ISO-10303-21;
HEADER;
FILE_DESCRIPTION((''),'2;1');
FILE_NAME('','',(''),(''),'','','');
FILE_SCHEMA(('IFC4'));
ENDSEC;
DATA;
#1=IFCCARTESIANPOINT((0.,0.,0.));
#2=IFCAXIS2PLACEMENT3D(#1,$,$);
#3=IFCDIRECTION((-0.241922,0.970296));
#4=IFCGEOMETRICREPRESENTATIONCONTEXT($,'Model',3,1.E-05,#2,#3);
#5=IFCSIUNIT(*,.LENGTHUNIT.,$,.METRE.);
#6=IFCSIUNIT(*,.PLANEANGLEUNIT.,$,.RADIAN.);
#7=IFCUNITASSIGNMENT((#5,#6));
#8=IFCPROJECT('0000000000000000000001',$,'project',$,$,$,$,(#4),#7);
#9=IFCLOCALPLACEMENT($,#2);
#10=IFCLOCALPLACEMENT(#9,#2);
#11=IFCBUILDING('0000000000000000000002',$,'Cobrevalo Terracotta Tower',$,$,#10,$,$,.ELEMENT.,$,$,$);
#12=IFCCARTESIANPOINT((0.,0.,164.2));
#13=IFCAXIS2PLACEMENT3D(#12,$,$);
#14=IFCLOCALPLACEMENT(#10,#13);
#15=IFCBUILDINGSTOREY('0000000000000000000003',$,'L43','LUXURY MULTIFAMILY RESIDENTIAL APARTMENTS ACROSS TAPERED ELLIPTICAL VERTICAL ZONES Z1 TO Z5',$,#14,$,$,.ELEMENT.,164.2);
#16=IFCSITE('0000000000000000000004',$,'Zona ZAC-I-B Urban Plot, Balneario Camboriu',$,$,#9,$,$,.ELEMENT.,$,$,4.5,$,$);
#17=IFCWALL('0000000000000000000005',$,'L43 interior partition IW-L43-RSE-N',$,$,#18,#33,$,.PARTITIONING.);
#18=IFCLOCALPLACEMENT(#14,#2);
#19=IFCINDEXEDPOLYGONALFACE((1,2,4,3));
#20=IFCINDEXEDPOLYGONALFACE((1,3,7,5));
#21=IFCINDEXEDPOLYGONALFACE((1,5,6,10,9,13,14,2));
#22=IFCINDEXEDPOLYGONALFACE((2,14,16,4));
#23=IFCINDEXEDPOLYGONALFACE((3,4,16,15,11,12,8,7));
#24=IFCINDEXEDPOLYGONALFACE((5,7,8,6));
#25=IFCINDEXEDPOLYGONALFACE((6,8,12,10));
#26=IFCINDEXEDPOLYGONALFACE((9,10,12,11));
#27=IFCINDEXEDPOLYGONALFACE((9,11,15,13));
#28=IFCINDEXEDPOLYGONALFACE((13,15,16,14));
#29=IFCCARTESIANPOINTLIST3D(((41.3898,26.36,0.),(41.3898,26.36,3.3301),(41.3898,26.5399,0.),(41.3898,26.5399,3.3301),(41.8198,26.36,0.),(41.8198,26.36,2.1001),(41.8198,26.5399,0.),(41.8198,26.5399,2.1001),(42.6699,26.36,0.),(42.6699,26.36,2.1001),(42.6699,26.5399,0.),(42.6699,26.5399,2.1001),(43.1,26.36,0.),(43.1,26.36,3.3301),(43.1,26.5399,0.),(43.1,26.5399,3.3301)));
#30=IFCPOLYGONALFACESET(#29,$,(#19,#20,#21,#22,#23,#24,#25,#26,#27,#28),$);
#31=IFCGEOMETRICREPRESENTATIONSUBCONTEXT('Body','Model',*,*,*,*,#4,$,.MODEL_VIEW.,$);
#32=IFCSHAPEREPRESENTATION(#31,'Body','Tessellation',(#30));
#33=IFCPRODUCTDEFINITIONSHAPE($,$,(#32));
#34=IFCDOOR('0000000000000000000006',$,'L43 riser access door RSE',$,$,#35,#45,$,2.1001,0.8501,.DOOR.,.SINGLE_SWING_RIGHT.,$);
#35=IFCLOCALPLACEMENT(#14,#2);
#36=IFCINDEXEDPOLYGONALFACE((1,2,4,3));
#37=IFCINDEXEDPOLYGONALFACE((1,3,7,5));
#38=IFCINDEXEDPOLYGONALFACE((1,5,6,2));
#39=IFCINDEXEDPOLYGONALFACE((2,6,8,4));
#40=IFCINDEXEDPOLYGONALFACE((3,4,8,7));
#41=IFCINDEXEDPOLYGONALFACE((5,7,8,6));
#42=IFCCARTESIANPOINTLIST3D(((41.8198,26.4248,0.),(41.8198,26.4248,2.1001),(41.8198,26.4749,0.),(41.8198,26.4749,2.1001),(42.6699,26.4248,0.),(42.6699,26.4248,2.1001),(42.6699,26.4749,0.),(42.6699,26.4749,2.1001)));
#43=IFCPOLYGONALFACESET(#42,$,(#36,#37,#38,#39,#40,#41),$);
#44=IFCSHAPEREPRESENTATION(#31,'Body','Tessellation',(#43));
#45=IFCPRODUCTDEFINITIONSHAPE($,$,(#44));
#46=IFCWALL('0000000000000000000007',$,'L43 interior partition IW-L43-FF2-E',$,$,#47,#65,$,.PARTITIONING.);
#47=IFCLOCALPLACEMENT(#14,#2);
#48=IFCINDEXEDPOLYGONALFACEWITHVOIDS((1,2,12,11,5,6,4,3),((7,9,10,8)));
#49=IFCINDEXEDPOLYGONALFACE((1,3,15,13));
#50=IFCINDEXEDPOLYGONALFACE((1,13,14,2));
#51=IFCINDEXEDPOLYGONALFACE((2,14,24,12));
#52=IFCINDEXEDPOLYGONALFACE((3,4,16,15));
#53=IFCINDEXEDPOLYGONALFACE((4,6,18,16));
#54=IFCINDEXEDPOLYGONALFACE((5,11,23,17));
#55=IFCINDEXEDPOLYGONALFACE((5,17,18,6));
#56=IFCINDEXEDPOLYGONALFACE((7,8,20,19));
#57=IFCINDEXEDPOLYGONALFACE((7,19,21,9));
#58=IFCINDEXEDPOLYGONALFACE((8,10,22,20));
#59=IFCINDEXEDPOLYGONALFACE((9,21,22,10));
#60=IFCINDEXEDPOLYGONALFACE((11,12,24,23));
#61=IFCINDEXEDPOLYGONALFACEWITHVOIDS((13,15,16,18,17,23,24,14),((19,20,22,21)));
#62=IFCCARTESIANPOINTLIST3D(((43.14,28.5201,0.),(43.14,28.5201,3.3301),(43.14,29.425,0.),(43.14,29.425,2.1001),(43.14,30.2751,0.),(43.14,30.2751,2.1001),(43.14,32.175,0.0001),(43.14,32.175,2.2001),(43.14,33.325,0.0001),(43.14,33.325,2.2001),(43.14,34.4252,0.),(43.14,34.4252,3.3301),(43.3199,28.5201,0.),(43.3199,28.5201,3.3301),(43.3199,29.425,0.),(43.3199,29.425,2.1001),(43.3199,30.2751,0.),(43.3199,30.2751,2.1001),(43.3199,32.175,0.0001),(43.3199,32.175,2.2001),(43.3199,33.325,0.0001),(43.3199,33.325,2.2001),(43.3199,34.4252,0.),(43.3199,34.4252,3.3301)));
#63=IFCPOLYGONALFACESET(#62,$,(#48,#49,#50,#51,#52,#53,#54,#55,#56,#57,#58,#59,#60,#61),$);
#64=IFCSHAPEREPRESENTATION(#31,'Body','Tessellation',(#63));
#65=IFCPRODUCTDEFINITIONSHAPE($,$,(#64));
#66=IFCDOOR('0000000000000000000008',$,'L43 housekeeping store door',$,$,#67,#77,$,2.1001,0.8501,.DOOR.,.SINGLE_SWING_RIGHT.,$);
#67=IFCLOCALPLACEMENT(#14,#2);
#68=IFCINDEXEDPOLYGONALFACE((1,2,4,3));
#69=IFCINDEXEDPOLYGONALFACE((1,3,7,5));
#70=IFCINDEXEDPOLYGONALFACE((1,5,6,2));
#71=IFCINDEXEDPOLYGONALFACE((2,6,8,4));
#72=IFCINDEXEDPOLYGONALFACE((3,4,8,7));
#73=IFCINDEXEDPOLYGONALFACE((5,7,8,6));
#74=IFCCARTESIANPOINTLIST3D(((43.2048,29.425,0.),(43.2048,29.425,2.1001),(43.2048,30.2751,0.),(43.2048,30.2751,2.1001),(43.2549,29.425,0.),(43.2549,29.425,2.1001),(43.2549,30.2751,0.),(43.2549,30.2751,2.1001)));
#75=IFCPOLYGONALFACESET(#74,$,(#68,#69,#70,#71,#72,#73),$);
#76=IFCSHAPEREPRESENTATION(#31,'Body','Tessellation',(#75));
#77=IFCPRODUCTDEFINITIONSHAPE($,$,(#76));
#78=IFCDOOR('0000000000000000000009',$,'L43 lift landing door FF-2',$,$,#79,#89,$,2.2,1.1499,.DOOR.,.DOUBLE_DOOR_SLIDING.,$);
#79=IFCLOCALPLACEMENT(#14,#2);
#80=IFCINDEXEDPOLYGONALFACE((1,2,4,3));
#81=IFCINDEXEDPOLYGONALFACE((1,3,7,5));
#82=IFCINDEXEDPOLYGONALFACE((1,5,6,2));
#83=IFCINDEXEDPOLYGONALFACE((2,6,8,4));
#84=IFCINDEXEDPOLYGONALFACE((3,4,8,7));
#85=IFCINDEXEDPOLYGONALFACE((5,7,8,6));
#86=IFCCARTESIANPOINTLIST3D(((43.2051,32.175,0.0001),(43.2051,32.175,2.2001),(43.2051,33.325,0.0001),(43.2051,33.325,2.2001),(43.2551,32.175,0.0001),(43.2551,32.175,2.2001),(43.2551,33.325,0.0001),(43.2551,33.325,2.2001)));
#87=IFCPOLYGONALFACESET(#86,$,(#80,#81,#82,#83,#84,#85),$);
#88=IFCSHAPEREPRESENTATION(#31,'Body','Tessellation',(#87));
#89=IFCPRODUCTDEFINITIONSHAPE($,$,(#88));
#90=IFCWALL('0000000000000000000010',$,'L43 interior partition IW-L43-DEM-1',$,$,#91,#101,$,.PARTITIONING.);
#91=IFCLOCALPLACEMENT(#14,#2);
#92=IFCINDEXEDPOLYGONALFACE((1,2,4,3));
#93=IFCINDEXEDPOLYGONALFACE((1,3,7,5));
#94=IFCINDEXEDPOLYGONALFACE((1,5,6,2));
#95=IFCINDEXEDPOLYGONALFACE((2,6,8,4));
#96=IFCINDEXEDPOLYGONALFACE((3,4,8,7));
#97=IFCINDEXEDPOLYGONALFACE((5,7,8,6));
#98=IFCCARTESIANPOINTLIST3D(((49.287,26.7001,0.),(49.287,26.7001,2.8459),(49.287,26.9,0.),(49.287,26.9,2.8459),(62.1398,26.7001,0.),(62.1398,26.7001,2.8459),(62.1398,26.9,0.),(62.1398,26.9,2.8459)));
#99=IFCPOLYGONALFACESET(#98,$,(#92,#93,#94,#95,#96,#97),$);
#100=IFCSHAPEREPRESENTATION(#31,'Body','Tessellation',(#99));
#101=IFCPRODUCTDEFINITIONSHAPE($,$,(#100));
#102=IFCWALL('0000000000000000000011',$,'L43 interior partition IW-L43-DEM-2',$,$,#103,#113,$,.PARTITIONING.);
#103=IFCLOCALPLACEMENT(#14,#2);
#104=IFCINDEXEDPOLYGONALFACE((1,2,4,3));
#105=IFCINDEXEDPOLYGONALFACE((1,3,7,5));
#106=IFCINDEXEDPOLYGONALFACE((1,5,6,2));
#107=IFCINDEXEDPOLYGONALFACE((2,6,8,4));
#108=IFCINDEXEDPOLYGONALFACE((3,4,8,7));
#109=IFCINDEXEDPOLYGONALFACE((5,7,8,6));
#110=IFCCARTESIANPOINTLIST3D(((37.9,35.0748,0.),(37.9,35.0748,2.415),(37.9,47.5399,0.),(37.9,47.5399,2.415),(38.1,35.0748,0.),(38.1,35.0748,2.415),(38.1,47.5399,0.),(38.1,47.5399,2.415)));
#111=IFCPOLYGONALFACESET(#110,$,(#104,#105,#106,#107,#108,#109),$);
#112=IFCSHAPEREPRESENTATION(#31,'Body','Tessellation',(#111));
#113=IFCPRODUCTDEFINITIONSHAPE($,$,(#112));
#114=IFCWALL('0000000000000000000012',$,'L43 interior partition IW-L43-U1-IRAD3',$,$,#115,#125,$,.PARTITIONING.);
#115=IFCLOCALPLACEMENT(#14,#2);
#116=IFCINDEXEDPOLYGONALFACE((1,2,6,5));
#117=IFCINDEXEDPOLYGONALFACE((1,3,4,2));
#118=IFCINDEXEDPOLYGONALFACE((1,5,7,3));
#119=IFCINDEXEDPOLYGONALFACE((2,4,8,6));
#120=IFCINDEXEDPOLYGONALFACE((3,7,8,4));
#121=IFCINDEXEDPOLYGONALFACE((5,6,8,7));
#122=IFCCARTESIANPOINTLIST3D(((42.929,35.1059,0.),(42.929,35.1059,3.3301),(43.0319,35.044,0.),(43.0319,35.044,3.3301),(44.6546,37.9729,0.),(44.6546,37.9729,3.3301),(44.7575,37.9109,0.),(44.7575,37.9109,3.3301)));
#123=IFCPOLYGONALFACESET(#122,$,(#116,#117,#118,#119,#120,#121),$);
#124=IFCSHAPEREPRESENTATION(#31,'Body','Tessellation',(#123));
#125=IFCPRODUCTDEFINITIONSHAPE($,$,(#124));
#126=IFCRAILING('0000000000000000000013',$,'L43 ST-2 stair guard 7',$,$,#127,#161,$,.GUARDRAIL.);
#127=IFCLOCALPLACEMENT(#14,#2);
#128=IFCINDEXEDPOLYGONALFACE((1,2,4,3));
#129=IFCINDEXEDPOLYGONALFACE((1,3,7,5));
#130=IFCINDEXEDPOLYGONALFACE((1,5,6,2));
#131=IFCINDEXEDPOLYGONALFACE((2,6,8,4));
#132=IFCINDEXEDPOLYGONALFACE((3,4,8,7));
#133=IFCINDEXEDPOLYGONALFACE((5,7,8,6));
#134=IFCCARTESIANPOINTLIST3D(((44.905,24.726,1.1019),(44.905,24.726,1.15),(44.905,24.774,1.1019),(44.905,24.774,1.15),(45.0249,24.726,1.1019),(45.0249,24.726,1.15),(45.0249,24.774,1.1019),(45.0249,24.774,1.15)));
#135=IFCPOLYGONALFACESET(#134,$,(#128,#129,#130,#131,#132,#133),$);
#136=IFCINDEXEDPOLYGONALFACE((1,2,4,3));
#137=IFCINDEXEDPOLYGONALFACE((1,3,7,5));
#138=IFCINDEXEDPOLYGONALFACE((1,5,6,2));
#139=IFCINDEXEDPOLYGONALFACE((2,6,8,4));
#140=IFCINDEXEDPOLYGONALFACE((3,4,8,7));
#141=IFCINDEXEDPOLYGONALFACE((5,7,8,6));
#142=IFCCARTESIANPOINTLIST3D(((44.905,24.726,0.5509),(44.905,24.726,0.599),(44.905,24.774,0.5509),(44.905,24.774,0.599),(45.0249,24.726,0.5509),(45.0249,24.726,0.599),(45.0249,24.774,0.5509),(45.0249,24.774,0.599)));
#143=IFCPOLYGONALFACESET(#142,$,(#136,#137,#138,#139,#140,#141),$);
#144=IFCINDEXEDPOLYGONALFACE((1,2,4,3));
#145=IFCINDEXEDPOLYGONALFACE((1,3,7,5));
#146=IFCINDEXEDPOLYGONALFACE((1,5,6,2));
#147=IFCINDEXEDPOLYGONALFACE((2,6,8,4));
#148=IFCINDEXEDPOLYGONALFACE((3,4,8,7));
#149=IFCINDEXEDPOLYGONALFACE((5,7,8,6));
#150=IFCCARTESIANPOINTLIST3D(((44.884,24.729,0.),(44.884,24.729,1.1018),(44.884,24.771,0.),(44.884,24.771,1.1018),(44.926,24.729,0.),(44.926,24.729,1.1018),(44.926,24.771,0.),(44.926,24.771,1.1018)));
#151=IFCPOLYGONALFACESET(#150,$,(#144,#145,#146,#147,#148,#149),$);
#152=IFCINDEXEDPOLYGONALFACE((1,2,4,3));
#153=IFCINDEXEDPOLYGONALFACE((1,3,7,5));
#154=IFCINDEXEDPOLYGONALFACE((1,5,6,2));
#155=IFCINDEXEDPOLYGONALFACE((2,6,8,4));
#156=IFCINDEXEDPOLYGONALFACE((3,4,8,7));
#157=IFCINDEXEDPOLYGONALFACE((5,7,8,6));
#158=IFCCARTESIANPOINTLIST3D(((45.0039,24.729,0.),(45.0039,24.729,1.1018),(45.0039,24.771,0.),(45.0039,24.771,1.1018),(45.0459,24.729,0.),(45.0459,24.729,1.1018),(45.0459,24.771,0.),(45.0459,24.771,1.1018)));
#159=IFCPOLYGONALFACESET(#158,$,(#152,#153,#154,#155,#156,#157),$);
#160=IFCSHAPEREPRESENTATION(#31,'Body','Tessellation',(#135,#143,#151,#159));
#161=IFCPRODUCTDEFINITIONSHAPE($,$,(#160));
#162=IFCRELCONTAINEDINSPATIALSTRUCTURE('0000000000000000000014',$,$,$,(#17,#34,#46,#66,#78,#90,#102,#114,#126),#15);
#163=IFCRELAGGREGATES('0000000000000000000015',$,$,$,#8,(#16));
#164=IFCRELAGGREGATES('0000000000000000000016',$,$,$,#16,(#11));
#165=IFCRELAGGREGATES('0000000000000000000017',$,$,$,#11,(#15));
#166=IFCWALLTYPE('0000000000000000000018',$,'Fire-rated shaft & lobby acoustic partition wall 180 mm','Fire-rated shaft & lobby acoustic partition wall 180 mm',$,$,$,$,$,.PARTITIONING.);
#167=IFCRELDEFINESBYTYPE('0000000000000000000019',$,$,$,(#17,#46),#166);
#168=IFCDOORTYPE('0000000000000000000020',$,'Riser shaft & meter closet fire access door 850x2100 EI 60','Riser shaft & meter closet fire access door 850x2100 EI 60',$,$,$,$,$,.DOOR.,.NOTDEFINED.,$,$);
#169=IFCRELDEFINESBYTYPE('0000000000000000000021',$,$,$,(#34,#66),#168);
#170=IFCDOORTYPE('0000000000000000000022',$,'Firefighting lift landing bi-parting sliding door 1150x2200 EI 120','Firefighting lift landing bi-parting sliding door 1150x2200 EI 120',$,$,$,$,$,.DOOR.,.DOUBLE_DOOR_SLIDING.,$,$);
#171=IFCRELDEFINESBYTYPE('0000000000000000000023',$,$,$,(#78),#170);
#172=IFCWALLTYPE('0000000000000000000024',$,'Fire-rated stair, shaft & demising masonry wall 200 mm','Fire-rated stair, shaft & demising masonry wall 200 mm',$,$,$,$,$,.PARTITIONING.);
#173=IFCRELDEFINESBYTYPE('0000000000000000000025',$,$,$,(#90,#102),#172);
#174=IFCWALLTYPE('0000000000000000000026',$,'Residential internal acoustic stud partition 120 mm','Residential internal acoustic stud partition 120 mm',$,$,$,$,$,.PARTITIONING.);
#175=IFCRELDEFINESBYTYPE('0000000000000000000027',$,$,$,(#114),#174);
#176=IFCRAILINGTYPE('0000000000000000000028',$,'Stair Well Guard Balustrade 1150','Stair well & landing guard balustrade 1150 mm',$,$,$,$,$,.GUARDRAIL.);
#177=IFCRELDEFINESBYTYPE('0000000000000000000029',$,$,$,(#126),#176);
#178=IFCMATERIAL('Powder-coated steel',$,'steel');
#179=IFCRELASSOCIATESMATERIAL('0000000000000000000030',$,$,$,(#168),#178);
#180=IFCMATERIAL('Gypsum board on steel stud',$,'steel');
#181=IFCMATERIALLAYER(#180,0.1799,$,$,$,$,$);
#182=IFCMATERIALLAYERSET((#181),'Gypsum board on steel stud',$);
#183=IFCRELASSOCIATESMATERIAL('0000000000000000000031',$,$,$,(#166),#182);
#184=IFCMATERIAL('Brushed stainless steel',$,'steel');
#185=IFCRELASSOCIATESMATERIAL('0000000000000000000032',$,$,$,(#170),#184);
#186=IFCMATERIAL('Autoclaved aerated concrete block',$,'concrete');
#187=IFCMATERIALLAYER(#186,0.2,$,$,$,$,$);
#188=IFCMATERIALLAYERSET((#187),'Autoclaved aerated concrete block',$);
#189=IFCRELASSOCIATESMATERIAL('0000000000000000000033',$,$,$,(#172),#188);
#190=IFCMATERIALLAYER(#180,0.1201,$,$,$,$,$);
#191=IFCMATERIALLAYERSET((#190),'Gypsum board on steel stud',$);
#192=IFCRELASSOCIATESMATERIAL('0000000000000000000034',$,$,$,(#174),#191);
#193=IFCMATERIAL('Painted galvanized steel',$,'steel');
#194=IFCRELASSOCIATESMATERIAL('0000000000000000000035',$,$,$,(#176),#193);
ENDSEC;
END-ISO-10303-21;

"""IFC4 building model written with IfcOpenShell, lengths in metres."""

from ifc_helpers import new_model, si_unit, direction, frame, frame_2d, origin, origin_2d, place, context, subcontext, project, spatial, rectangle, extrude, source, transform, mapped, material, layer, layer_set, type_object, element, fill, save


model = new_model("IFC4")

# Units and contexts
model_context = context("Model", 3, precision=1e-05, world=origin(), true_north=direction((-0.241922, 0.970296)))
body_context = subcontext(model_context, "Body", "Model", "MODEL_VIEW")
ifc_project = project(units=[si_unit("LENGTHUNIT", "METRE"), si_unit("PLANEANGLEUNIT", "RADIAN")], contexts=[model_context])

# Site, building, storey
site_placement = place(None, origin())
site = spatial("IfcSite", under=ifc_project, at=site_placement, Name="Zona ZAC-I-B Urban Plot, Balneario Camboriu", CompositionType="ELEMENT", RefElevation=4.5)
building_placement = place(site_placement, origin())
building = spatial("IfcBuilding", under=site, at=building_placement, Name="Cobrevalo Terracotta Tower", CompositionType="ELEMENT")
storey_placement = place(building_placement, frame((0.0, 0.0, 164.2)))
storey = spatial("IfcBuildingStorey", under=building, at=storey_placement, Name="L43", Description="LUXURY MULTIFAMILY RESIDENTIAL APARTMENTS ACROSS TAPERED ELLIPTICAL VERTICAL ZONES Z1 TO Z5", CompositionType="ELEMENT", Elevation=164.2)

# Shared definitions
ifc_material_1 = material(Name="Gypsum board on steel stud", Category="steel")

# Shared definitions
ifc_material_2 = material(Name="Powder-coated steel", Category="steel")
door_type_1 = type_object("IfcDoorType", Name="Riser shaft & meter closet fire access door 850x2100 EI 60", Description="Riser shaft & meter closet fire access door 850x2100 EI 60", OperationType="NOTDEFINED", PredefinedType="DOOR", material=ifc_material_2)
shared_shape_1 = source(origin(), body_context, "Body", "SweptSolid", [
    extrude(rectangle(XDim=0.8501, YDim=2.1001, at=frame_2d((0.425, 1.05))), frame((0.0, 0.0249, 0.0), z_axis=(0.0, -1.0, 0.0), x_axis=(1.0, 0.0, 0.0)), (0.0, 0.0, 1.0), 0.05),
])

# Shared definitions
ifc_material_3 = material(Name="Brushed stainless steel", Category="steel")

# Wall, opening, door
ifc_layer_1 = layer(ifc_material_1, 0.1799)
ifc_layer_set_1 = layer_set([ifc_layer_1], Name="Gypsum board on steel stud")
wall_type_1 = type_object("IfcWallType", Name="Fire-rated shaft & lobby acoustic partition wall 180 mm", Description="Fire-rated shaft & lobby acoustic partition wall 180 mm", PredefinedType="PARTITIONING", material=ifc_layer_set_1)
wall_1_placement = place(storey_placement, frame((41.3899, 26.45, 0.0), z_axis=(0.0, 0.0, 1.0), x_axis=(1.0, 0.0, 0.0)))
wall_1 = element("IfcWall", 1, at=wall_1_placement, inside=storey, type_object=wall_type_1, Name="L43 interior partition IW-L43-RSE-N", PredefinedType="PARTITIONING", context=body_context, shape_type="SweptSolid", body=[
    extrude(rectangle(XDim=1.7102, YDim=0.1799, at=frame_2d((0.855, 0.0))), origin(), (0.0, 0.0, 1.0), 3.3301),
])
opening_1_placement = place(wall_1_placement, frame((0.4299, 0.0, 0.0)))
opening_1 = element("IfcOpeningElement", 2, at=opening_1_placement, cuts=wall_1, PredefinedType="OPENING", context=body_context, shape_type="SweptSolid", body=[
    extrude(rectangle(XDim=0.8501, YDim=2.1001, at=frame_2d((0.425, 1.05))), frame((0.0, 0.1001, 0.0), z_axis=(0.0, -1.0, 0.0), x_axis=(1.0, 0.0, 0.0)), (0.0, 0.0, 1.0), 0.2),
])
door_1_placement = place(opening_1_placement, origin())
door_1 = element("IfcDoor", 3, at=door_1_placement, inside=storey, type_object=door_type_1, Name="L43 riser access door RSE", OperationType="SINGLE_SWING_RIGHT", OverallHeight=2.1001, OverallWidth=0.8501, PredefinedType="DOOR", context=body_context, shape_type="MappedRepresentation", body=[
    mapped(shared_shape_1, transform((0.0, 0.0, 0.0), scale=1.0)),
])
fill(opening_1, door_1)

# Wall, openings, doors
wall_2_placement = place(storey_placement, frame((43.23, 28.52, 0.0), z_axis=(0.0, 0.0, 1.0), x_axis=(0.0, 1.0, 0.0)))
wall_2 = element("IfcWall", 4, at=wall_2_placement, inside=storey, type_object=wall_type_1, Name="L43 interior partition IW-L43-FF2-E", PredefinedType="PARTITIONING", context=body_context, shape_type="SweptSolid", body=[
    extrude(rectangle(XDim=5.905, YDim=0.1799, at=frame_2d((2.9526, 0.0))), origin(), (0.0, 0.0, 1.0), 3.3301),
])
opening_2_placement = place(wall_2_placement, frame((0.905, 0.0, 0.0)))
opening_2 = element("IfcOpeningElement", 5, at=opening_2_placement, cuts=wall_2, PredefinedType="OPENING", context=body_context, shape_type="SweptSolid", body=[
    extrude(rectangle(XDim=0.8501, YDim=2.1001, at=frame_2d((0.425, 1.05))), frame((0.0, 0.1001, 0.0), z_axis=(0.0, -1.0, 0.0), x_axis=(1.0, 0.0, 0.0)), (0.0, 0.0, 1.0), 0.2),
])
opening_3_placement = place(wall_2_placement, frame((3.655, 0.0, 0.0)))
opening_3 = element("IfcOpeningElement", 6, at=opening_3_placement, cuts=wall_2, PredefinedType="OPENING", context=body_context, shape_type="SweptSolid", body=[
    extrude(rectangle(XDim=1.1499, YDim=2.2, at=frame_2d((0.575, 1.1001))), frame((0.0, 0.1001, 0.0), z_axis=(0.0, -1.0, 0.0), x_axis=(1.0, 0.0, 0.0)), (0.0, 0.0, 1.0), 0.2),
])
door_2_placement = place(opening_2_placement, frame((0.8501, 0.0, 0.0), z_axis=(0.0, 0.0, 1.0), x_axis=(-1.0, 0.0, 0.0)))
door_2 = element("IfcDoor", 7, at=door_2_placement, inside=storey, type_object=door_type_1, Name="L43 housekeeping store door", OperationType="SINGLE_SWING_RIGHT", OverallHeight=2.1001, OverallWidth=0.8501, PredefinedType="DOOR", context=body_context, shape_type="MappedRepresentation", body=[
    mapped(shared_shape_1, transform((0.0, 0.0, 0.0), scale=1.0)),
])
fill(opening_2, door_2)
door_type_2 = type_object("IfcDoorType", Name="Firefighting lift landing bi-parting sliding door 1150x2200 EI 120", Description="Firefighting lift landing bi-parting sliding door 1150x2200 EI 120", OperationType="DOUBLE_DOOR_SLIDING", PredefinedType="DOOR", material=ifc_material_3)
shared_shape_2 = source(origin(), body_context, "Body", "SweptSolid", [
    extrude(rectangle(XDim=1.1499, YDim=2.2, at=frame_2d((0.575, 1.1001))), frame((0.0, 0.0249, 0.0), z_axis=(0.0, -1.0, 0.0), x_axis=(1.0, 0.0, 0.0)), (0.0, 0.0, 1.0), 0.05),
])
door_3_placement = place(opening_3_placement, origin())
door_3 = element("IfcDoor", 8, at=door_3_placement, inside=storey, type_object=door_type_2, Name="L43 lift landing door FF-2", OperationType="DOUBLE_DOOR_SLIDING", OverallHeight=2.2, OverallWidth=1.1499, PredefinedType="DOOR", context=body_context, shape_type="MappedRepresentation", body=[
    mapped(shared_shape_2, transform((0.0, 0.0, 0.0), scale=1.0)),
])
fill(opening_3, door_3)

# Walls
ifc_material_4 = material(Name="Autoclaved aerated concrete block", Category="concrete")
ifc_layer_2 = layer(ifc_material_4, 0.2)
ifc_layer_set_2 = layer_set([ifc_layer_2], Name="Autoclaved aerated concrete block")
wall_type_2 = type_object("IfcWallType", Name="Fire-rated stair, shaft & demising masonry wall 200 mm", Description="Fire-rated stair, shaft & demising masonry wall 200 mm", PredefinedType="PARTITIONING", material=ifc_layer_set_2)
wall_3_placement = place(storey_placement, frame((49.2871, 26.8, 0.0), z_axis=(0.0, 0.0, 1.0), x_axis=(1.0, 0.0, 0.0)))
element("IfcWall", 9, at=wall_3_placement, inside=storey, type_object=wall_type_2, Name="L43 interior partition IW-L43-DEM-1", PredefinedType="PARTITIONING", context=body_context, shape_type="SweptSolid", body=[
    extrude(rectangle(XDim=12.8528, YDim=0.2, at=frame_2d((6.4263, 0.0))), origin(), (0.0, 0.0, 1.0), 2.8459),
])
wall_4_placement = place(storey_placement, frame((38.0, 35.075, 0.0), z_axis=(0.0, 0.0, 1.0), x_axis=(0.0, 1.0, 0.0)))
element("IfcWall", 10, at=wall_4_placement, inside=storey, type_object=wall_type_2, Name="L43 interior partition IW-L43-DEM-2", PredefinedType="PARTITIONING", context=body_context, shape_type="SweptSolid", body=[
    extrude(rectangle(XDim=12.4651, YDim=0.2, at=frame_2d((6.2324, 0.0))), origin(), (0.0, 0.0, 1.0), 2.415),
])

# Shared definitions
ifc_layer_3 = layer(ifc_material_1, 0.1201)
ifc_layer_set_3 = layer_set([ifc_layer_3], Name="Gypsum board on steel stud")
wall_type_3 = type_object("IfcWallType", Name="Residential internal acoustic stud partition 120 mm", Description="Residential internal acoustic stud partition 120 mm", PredefinedType="PARTITIONING", material=ifc_layer_set_3)

# Wall
wall_5_placement = place(storey_placement, frame((42.9805, 35.075, 0.0), z_axis=(0.0, 0.0, 1.0), x_axis=(0.515686, 0.856778, 0.0)))
element("IfcWall", 11, at=wall_5_placement, inside=storey, type_object=wall_type_3, Name="L43 interior partition IW-L43-U1-IRAD3", PredefinedType="PARTITIONING", context=body_context, shape_type="SweptSolid", body=[
    extrude(rectangle(XDim=3.3462, YDim=0.1201, at=frame_2d((1.6731, 0.0))), origin(), (0.0, 0.0, 1.0), 3.3301),
])

# Railing
ifc_material_5 = material(Name="Painted galvanized steel", Category="steel")
railing_type = type_object("IfcRailingType", Name="Stair Well Guard Balustrade 1150", Description="Stair well & landing guard balustrade 1150 mm", PredefinedType="GUARDRAIL", material=ifc_material_5)
railing_placement = place(storey_placement, frame((44.905, 24.75, 0.0)))
element("IfcRailing", 12, at=railing_placement, inside=storey, type_object=railing_type, Name="L43 ST-2 stair guard 7", PredefinedType="GUARDRAIL", context=body_context, shape_type="SweptSolid", body=[
    extrude(rectangle(XDim=0.0481, YDim=0.0481, at=origin_2d()), frame((0.0, 0.0, 1.126), z_axis=(1.0, 0.0, 0.0), x_axis=(0.0, 1.0, 0.0)), (0.0, 0.0, 1.0), 0.1199),
    extrude(rectangle(XDim=0.0481, YDim=0.0481, at=origin_2d()), frame((0.0, 0.0, 0.575), z_axis=(1.0, 0.0, 0.0), x_axis=(0.0, 1.0, 0.0)), (0.0, 0.0, 1.0), 0.1199),
    extrude(rectangle(XDim=0.042, YDim=0.042, at=origin_2d()), origin(), (0.0, 0.0, 1.0), 1.1018),
    extrude(rectangle(XDim=0.042, YDim=0.042, at=origin_2d()), frame((0.1199, 0.0, 0.0)), (0.0, 0.0, 1.0), 1.1018),
])

save(model, "model.ifc")
